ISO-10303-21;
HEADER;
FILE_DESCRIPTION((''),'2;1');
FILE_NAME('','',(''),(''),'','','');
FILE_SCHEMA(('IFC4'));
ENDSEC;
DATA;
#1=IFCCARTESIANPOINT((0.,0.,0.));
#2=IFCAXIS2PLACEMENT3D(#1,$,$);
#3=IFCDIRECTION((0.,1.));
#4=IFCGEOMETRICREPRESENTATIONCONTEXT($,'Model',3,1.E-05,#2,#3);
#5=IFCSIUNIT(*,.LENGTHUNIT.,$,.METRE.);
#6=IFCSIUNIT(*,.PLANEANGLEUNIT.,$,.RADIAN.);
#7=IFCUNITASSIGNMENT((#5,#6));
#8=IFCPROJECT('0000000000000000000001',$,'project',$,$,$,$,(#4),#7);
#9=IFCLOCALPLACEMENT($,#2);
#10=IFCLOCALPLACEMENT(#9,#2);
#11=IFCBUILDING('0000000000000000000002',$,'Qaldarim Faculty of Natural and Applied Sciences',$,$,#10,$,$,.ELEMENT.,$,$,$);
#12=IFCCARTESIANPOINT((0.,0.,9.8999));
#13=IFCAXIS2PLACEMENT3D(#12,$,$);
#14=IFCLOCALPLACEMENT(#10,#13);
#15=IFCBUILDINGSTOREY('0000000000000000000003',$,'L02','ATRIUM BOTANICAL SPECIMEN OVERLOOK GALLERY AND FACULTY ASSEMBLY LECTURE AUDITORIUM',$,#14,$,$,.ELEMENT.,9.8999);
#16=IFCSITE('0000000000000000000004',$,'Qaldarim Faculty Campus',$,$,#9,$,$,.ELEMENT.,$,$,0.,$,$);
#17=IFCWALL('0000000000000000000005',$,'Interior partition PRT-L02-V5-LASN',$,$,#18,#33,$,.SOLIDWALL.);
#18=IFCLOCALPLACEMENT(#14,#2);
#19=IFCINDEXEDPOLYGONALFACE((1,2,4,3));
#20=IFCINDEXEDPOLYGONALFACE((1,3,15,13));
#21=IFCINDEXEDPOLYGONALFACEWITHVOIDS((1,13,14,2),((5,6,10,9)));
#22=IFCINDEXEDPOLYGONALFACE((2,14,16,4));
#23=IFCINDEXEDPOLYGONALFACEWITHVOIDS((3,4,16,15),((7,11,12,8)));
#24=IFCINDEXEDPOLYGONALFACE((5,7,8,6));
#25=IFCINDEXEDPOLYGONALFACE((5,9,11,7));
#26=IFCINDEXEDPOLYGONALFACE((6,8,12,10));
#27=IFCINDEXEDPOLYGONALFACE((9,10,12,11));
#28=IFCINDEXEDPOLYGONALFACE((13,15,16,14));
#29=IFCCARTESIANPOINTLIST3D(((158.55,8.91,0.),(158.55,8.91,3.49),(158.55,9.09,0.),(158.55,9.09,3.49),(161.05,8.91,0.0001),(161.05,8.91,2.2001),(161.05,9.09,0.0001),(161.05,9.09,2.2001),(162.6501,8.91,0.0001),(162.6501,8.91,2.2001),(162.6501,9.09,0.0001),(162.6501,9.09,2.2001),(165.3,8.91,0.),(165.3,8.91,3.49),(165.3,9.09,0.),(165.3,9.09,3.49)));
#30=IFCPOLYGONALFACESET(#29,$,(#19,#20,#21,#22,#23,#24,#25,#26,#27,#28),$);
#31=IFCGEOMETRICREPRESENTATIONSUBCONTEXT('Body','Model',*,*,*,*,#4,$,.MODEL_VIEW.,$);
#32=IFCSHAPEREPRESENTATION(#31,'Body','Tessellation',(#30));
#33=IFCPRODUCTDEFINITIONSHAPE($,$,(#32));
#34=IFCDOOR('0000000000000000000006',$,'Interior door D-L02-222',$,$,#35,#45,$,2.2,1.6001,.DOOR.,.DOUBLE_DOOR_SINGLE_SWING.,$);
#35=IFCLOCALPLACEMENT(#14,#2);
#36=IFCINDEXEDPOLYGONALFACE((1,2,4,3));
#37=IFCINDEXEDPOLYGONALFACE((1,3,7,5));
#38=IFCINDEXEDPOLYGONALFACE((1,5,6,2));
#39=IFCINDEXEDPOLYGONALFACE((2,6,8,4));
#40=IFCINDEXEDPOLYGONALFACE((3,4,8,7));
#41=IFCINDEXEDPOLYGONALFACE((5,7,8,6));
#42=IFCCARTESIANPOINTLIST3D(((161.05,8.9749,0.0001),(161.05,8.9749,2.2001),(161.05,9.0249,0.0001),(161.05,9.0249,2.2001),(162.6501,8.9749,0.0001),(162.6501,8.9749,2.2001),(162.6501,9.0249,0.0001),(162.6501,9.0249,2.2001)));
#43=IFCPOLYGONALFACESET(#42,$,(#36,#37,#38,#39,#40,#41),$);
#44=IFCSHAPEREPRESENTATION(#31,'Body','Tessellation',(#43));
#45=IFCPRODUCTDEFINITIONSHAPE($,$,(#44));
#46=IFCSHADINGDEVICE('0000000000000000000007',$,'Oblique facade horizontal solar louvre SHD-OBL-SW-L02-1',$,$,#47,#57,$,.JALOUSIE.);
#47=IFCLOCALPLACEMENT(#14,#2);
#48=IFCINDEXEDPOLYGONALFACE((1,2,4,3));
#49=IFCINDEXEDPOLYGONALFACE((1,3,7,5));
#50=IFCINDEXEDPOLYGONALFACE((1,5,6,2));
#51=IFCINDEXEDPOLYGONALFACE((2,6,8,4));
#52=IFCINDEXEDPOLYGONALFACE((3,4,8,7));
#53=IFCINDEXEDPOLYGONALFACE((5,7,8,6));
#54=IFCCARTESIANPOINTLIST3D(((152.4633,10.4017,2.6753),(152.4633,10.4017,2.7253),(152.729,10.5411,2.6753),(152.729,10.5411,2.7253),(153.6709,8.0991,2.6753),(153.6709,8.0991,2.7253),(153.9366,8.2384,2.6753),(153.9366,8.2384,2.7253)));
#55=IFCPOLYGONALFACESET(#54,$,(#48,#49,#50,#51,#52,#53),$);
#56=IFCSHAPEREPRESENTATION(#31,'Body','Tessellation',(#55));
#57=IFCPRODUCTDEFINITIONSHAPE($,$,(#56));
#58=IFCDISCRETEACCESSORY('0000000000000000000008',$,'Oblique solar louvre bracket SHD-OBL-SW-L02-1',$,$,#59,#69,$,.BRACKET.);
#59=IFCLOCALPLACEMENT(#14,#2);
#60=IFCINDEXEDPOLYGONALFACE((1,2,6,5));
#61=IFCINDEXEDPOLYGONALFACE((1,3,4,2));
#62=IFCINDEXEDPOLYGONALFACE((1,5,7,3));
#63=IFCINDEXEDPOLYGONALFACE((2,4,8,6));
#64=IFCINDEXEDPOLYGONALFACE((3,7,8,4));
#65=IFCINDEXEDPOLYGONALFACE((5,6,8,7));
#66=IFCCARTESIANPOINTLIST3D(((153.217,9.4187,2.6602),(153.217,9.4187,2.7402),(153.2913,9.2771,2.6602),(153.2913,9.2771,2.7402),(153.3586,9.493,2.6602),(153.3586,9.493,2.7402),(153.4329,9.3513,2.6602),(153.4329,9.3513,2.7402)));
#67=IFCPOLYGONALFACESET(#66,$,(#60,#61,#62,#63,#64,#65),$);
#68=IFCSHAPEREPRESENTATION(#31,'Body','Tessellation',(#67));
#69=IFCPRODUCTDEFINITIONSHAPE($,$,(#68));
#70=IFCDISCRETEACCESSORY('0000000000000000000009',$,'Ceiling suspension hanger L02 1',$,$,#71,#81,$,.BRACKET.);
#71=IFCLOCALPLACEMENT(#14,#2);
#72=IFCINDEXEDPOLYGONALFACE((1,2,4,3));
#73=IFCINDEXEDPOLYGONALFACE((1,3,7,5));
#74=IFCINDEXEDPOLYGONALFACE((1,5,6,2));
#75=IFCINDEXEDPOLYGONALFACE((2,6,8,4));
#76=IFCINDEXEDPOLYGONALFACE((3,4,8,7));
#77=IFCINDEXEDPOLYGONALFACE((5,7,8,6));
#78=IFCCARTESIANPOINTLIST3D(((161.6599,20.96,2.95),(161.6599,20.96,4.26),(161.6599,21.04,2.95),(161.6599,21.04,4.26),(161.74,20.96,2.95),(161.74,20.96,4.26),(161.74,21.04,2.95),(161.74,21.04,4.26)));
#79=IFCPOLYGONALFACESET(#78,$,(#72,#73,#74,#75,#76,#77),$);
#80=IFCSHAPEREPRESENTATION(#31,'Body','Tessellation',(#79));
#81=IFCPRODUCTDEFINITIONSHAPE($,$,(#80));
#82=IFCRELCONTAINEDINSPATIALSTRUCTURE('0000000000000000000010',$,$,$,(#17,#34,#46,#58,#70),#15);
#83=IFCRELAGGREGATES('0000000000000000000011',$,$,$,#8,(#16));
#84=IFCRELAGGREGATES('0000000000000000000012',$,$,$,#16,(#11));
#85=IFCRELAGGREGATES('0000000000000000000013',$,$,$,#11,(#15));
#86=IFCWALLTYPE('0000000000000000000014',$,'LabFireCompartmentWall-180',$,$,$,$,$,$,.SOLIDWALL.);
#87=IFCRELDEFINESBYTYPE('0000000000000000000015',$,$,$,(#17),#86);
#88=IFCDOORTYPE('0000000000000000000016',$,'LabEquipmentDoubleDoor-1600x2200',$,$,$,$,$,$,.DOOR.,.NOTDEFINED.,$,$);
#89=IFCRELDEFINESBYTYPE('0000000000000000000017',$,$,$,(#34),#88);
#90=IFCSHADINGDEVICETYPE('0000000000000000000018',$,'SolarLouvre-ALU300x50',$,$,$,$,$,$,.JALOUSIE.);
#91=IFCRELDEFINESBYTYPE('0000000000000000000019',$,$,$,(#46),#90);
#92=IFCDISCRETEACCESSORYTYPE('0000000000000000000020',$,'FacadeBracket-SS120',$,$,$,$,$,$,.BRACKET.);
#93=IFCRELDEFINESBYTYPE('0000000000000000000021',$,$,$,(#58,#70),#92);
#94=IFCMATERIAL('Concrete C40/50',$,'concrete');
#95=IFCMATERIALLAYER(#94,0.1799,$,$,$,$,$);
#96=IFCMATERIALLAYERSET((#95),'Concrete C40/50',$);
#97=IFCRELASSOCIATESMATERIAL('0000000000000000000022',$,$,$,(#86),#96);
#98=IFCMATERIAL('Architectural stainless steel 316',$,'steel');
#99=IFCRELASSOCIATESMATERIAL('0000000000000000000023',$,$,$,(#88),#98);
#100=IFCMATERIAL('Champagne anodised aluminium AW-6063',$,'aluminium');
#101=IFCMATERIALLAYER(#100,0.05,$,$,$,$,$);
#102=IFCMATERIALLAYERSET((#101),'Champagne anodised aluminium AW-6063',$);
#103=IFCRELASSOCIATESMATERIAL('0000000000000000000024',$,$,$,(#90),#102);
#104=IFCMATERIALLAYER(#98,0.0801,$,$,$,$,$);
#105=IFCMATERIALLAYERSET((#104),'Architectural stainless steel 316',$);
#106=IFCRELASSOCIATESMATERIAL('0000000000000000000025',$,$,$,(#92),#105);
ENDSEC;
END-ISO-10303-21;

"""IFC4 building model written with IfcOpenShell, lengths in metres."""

from ifc_helpers import new_model, si_unit, direction, frame, frame_2d, origin, origin_2d, place, context, subcontext, project, spatial, rectangle, extrude, material, layer, layer_set, type_object, element, fill, save


model = new_model("IFC4")

# Units and contexts
model_context = context("Model", 3, precision=1e-05, world=origin(), true_north=direction((0.0, 1.0)))
body_context = subcontext(model_context, "Body", "Model", "MODEL_VIEW")
ifc_project = project(units=[si_unit("LENGTHUNIT", "METRE"), si_unit("PLANEANGLEUNIT", "RADIAN")], contexts=[model_context])

# Site, building, storey
site_placement = place(None, origin())
site = spatial("IfcSite", under=ifc_project, at=site_placement, Name="Qaldarim Faculty Campus", CompositionType="ELEMENT", RefElevation=0.0)
building_placement = place(site_placement, origin())
building = spatial("IfcBuilding", under=site, at=building_placement, Name="Qaldarim Faculty of Natural and Applied Sciences", CompositionType="ELEMENT")
storey_placement = place(building_placement, frame((0.0, 0.0, 9.8999)))
storey = spatial("IfcBuildingStorey", under=building, at=storey_placement, Name="L02", Description="ATRIUM BOTANICAL SPECIMEN OVERLOOK GALLERY AND FACULTY ASSEMBLY LECTURE AUDITORIUM", CompositionType="ELEMENT", Elevation=9.8999)

# Shared definitions
ifc_material_1 = material(Name="Concrete C40/50", Category="concrete")

# Shared definitions
ifc_material_2 = material(Name="Architectural stainless steel 316", Category="steel")

# Wall, opening, door
ifc_layer_1 = layer(ifc_material_1, 0.1799)
ifc_layer_set_1 = layer_set([ifc_layer_1], Name="Concrete C40/50")
wall_type_1 = type_object("IfcWallType", Name="LabFireCompartmentWall-180", PredefinedType="SOLIDWALL", material=ifc_layer_set_1)
wall_1_placement = place(storey_placement, frame((158.55, 9.0, 0.0), z_axis=(0.0, 0.0, 1.0), x_axis=(1.0, 0.0, 0.0)))
wall_1 = element("IfcWall", 1, at=wall_1_placement, inside=storey, type_object=wall_type_1, Name="Interior partition PRT-L02-V5-LASN", PredefinedType="SOLIDWALL", context=body_context, shape_type="SweptSolid", body=[
    extrude(rectangle(XDim=6.75, YDim=0.1799, at=frame_2d((3.375, 0.0))), origin(), (0.0, 0.0, 1.0), 3.49),
])
opening_1_placement = place(wall_1_placement, frame((2.5, 0.0, 0.0)))
opening_1 = element("IfcOpeningElement", 2, at=opening_1_placement, cuts=wall_1, PredefinedType="OPENING", context=body_context, shape_type="SweptSolid", body=[
    extrude(rectangle(XDim=1.6001, YDim=2.2, at=frame_2d((0.8, 1.1001))), frame((0.0, 0.0999, 0.0), z_axis=(0.0, -1.0, 0.0), x_axis=(1.0, 0.0, 0.0)), (0.0, 0.0, 1.0), 0.2),
])
door_type_1 = type_object("IfcDoorType", Name="LabEquipmentDoubleDoor-1600x2200", OperationType="NOTDEFINED", PredefinedType="DOOR", material=ifc_material_2)
door_1_placement = place(opening_1_placement, origin())
door_1 = element("IfcDoor", 3, at=door_1_placement, inside=storey, type_object=door_type_1, Name="Interior door D-L02-222", OperationType="DOUBLE_DOOR_SINGLE_SWING", OverallHeight=2.2, OverallWidth=1.6001, PredefinedType="DOOR", context=body_context, shape_type="SweptSolid", body=[
    extrude(rectangle(XDim=1.6001, YDim=2.2, at=frame_2d((0.8, 1.1001))), frame((0.0, 0.0249, 0.0), z_axis=(0.0, -1.0, 0.0), x_axis=(1.0, 0.0, 0.0)), (0.0, 0.0, 1.0), 0.05),
])
fill(opening_1, door_1)

# Shading device
ifc_material_3 = material(Name="Champagne anodised aluminium AW-6063", Category="aluminium")
ifc_layer_2 = layer(ifc_material_3, 0.05)
ifc_layer_set_2 = layer_set([ifc_layer_2], Name="Champagne anodised aluminium AW-6063")
shading_device_type = type_object("IfcShadingDeviceType", Name="SolarLouvre-ALU300x50", PredefinedType="JALOUSIE", material=ifc_layer_set_2)
shading_device_placement = place(storey_placement, frame((153.2, 9.3201, 2.6753), z_axis=(0.0, 0.0, 1.0), x_axis=(0.464471, -0.885588, 0.0)))
element("IfcShadingDevice", 4, at=shading_device_placement, inside=storey, type_object=shading_device_type, Name="Oblique facade horizontal solar louvre SHD-OBL-SW-L02-1", PredefinedType="JALOUSIE", context=body_context, shape_type="SweptSolid", body=[
    extrude(rectangle(XDim=2.6001, YDim=0.3, at=origin_2d()), origin(), (0.0, 0.0, 1.0), 0.05),
])

# Discrete accessories
ifc_layer_3 = layer(ifc_material_2, 0.0801)
ifc_layer_set_3 = layer_set([ifc_layer_3], Name="Architectural stainless steel 316")
discrete_accessory_type = type_object("IfcDiscreteAccessoryType", Name="FacadeBracket-SS120", PredefinedType="BRACKET", material=ifc_layer_set_3)
discrete_accessory_1_placement = place(storey_placement, frame((153.325, 9.385, 2.6602), z_axis=(0.0, 0.0, 1.0), x_axis=(0.464471, -0.885588, 0.0)))
element("IfcDiscreteAccessory", 5, at=discrete_accessory_1_placement, inside=storey, type_object=discrete_accessory_type, Name="Oblique solar louvre bracket SHD-OBL-SW-L02-1", PredefinedType="BRACKET", context=body_context, shape_type="SweptSolid", body=[
    extrude(rectangle(XDim=0.1599, YDim=0.1599, at=origin_2d()), origin(), (0.0, 0.0, 1.0), 0.0801),
])
discrete_accessory_2_placement = place(storey_placement, frame((161.7, 21.0, 2.95), z_axis=(0.0, 0.0, 1.0), x_axis=(1.0, 0.0, 0.0)))
element("IfcDiscreteAccessory", 6, at=discrete_accessory_2_placement, inside=storey, type_object=discrete_accessory_type, Name="Ceiling suspension hanger L02 1", PredefinedType="BRACKET", context=body_context, shape_type="SweptSolid", body=[
    extrude(rectangle(XDim=0.0801, YDim=0.0801, at=origin_2d()), origin(), (0.0, 0.0, 1.0), 1.3101),
])

save(model, "model.ifc")
